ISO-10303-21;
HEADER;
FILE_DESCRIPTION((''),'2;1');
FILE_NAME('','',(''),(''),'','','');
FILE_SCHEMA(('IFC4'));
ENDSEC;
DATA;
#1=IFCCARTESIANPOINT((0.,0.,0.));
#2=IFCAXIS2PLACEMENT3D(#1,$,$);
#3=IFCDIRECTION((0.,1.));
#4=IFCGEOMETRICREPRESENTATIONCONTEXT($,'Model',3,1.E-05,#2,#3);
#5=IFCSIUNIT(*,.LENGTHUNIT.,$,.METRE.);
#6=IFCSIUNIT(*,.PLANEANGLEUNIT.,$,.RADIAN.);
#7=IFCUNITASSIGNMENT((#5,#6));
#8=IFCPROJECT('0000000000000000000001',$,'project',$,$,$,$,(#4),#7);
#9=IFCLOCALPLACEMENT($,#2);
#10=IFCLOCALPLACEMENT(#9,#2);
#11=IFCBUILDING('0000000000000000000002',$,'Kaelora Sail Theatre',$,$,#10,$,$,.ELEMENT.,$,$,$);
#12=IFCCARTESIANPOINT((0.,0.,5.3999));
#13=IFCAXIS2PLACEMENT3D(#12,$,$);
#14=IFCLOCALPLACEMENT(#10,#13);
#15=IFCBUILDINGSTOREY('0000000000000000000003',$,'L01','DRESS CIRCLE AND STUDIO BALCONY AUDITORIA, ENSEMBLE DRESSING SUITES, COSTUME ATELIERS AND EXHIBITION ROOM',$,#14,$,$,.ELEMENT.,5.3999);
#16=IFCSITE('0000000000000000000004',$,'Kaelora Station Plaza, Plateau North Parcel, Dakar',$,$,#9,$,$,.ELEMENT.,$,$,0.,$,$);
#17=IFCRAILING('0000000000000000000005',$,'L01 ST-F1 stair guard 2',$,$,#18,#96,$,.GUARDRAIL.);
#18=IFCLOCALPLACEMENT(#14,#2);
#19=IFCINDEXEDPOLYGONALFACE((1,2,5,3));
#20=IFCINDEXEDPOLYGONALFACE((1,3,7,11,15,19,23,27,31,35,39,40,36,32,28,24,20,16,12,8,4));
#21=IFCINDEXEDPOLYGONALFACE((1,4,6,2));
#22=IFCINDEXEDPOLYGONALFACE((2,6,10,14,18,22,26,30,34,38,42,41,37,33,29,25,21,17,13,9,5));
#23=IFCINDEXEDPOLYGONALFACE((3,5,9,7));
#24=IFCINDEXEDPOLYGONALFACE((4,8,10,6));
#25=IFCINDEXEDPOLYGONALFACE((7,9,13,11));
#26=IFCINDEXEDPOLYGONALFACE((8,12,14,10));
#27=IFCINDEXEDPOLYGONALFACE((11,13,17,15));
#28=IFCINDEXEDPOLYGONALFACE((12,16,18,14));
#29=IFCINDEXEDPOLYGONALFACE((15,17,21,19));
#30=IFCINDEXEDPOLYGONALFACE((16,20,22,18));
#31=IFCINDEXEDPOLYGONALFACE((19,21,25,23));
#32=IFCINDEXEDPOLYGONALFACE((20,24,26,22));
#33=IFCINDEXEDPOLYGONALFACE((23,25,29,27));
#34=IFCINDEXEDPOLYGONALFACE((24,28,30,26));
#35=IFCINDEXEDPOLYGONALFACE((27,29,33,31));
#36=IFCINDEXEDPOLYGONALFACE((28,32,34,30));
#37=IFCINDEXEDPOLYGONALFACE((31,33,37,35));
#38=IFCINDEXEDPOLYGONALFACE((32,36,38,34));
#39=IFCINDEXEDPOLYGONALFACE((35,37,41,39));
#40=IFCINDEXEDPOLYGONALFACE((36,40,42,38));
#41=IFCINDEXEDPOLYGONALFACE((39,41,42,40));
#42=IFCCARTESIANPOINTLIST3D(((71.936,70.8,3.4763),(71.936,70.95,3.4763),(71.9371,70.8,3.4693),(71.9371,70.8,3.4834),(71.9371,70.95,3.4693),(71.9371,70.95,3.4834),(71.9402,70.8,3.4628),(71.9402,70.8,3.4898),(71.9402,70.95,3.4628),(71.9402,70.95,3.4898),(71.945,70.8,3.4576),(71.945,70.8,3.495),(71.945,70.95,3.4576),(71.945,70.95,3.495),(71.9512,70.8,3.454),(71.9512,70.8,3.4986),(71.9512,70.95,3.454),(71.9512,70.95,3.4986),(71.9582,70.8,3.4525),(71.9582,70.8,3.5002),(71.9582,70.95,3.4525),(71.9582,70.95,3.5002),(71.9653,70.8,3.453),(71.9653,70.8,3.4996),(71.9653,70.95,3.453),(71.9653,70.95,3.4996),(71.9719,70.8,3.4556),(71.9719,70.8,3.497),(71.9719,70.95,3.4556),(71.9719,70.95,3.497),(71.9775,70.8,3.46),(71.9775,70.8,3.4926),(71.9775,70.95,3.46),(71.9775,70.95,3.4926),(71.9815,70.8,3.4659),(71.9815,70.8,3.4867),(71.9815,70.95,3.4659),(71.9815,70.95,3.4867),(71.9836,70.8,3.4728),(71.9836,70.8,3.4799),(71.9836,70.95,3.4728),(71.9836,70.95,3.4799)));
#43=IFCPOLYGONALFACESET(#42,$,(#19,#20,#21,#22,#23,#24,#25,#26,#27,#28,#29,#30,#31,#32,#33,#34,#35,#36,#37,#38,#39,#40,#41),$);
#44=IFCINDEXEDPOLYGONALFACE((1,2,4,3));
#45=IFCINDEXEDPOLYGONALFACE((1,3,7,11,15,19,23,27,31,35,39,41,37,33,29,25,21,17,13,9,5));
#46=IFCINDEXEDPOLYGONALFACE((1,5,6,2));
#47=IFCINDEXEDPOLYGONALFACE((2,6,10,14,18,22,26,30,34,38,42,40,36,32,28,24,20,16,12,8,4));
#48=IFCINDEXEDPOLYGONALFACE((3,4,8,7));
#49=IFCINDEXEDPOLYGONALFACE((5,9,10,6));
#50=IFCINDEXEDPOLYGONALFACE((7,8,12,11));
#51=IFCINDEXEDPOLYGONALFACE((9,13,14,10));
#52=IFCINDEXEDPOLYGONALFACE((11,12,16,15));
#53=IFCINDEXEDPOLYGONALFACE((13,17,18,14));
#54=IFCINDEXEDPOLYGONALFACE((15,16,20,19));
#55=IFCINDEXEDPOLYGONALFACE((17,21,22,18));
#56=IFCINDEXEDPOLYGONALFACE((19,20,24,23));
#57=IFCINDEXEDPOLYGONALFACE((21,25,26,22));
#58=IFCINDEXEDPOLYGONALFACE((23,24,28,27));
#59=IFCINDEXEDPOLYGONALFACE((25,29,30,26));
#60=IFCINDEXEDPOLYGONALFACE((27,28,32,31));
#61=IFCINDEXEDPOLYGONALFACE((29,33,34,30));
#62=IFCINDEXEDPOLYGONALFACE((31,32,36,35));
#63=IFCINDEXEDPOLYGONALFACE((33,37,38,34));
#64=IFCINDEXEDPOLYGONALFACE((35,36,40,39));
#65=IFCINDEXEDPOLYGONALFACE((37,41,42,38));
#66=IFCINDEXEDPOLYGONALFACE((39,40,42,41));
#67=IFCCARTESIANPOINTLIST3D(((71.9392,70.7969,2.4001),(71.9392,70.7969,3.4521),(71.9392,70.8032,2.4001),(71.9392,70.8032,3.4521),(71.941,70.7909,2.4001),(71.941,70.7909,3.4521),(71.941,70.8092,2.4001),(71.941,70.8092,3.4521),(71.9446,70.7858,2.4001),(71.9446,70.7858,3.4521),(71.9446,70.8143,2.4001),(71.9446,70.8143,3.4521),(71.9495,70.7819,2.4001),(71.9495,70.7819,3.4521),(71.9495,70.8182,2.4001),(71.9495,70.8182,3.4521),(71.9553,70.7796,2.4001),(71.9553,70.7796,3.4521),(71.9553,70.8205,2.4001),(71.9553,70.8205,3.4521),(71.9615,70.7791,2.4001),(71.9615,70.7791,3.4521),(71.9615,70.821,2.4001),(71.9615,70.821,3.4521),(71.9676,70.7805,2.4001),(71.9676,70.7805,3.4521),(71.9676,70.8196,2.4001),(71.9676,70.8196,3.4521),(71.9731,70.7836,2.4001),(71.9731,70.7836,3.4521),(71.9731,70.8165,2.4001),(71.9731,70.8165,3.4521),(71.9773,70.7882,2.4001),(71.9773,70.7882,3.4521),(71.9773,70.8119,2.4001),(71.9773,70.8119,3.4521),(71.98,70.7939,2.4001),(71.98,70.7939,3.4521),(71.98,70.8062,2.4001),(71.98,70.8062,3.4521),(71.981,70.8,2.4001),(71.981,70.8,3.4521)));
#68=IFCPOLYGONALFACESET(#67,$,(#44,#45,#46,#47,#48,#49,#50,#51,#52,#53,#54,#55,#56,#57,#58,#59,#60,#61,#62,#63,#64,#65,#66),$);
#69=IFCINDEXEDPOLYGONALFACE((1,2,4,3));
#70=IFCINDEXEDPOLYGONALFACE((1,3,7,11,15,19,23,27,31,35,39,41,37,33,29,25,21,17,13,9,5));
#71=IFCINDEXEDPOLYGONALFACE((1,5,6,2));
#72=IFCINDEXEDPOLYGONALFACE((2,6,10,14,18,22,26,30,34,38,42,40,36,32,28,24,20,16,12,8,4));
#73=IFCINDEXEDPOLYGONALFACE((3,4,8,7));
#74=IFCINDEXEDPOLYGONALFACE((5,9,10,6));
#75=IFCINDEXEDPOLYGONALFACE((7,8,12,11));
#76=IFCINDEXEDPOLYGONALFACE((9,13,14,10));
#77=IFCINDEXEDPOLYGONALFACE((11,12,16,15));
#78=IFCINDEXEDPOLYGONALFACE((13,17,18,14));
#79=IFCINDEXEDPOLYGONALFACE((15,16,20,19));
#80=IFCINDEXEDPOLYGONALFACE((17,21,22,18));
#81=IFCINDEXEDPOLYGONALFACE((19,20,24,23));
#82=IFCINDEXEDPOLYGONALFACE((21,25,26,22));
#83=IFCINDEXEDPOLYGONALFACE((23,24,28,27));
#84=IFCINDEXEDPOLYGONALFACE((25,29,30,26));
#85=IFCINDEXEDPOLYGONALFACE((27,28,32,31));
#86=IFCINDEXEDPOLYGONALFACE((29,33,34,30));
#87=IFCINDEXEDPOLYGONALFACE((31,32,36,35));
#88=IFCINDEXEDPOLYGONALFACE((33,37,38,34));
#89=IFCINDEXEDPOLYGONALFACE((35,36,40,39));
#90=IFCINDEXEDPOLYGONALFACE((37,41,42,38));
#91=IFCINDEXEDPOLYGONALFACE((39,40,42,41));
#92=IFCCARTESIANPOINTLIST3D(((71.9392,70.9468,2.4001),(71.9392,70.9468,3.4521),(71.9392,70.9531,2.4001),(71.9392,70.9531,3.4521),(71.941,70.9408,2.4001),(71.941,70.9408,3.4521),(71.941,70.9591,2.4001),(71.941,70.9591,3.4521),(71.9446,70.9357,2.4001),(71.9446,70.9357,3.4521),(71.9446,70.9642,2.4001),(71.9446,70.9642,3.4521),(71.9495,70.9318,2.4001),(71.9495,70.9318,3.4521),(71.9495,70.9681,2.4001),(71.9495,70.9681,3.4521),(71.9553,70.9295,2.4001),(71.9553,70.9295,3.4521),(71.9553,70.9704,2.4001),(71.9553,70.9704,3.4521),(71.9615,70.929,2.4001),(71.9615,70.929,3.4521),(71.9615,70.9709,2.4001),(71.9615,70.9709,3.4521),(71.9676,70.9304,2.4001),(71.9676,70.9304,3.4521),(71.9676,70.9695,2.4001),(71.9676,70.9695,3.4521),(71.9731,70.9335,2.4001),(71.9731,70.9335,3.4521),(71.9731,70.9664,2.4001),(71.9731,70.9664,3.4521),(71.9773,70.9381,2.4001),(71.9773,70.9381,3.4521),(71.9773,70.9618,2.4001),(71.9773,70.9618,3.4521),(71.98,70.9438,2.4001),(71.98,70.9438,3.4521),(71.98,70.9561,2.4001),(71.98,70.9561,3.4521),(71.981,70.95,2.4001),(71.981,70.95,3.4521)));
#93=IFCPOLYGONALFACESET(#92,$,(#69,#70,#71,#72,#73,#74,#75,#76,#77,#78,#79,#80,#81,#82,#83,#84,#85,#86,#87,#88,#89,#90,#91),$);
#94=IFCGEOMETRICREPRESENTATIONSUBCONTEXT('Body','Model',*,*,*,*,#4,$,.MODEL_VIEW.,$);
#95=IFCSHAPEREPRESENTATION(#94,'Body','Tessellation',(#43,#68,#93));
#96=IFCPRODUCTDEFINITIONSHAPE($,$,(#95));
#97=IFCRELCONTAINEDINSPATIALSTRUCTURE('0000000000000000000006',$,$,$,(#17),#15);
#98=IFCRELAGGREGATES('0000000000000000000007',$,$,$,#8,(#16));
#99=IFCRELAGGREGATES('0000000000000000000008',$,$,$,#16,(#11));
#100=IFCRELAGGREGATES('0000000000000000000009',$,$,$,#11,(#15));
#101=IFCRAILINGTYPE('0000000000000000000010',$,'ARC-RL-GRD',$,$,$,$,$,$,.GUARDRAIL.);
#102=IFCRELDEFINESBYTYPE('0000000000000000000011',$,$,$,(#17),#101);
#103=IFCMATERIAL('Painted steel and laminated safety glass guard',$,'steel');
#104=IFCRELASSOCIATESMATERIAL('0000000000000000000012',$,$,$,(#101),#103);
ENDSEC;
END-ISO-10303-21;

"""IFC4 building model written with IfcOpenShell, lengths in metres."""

from ifc_helpers import new_model, si_unit, direction, frame, origin, origin_2d, place, context, subcontext, project, spatial, circle, extrude, material, type_object, element, save


model = new_model("IFC4")

# Units and contexts
model_context = context("Model", 3, precision=1e-05, world=origin(), true_north=direction((0.0, 1.0)))
body_context = subcontext(model_context, "Body", "Model", "MODEL_VIEW")
ifc_project = project(units=[si_unit("LENGTHUNIT", "METRE"), si_unit("PLANEANGLEUNIT", "RADIAN")], contexts=[model_context])

# Site, building, storey
site_placement = place(None, origin())
site = spatial("IfcSite", under=ifc_project, at=site_placement, Name="Kaelora Station Plaza, Plateau North Parcel, Dakar", CompositionType="ELEMENT", RefElevation=0.0)
building_placement = place(site_placement, origin())
building = spatial("IfcBuilding", under=site, at=building_placement, Name="Kaelora Sail Theatre", CompositionType="ELEMENT")
storey_placement = place(building_placement, frame((0.0, 0.0, 5.3999)))
storey = spatial("IfcBuildingStorey", under=building, at=storey_placement, Name="L01", Description="DRESS CIRCLE AND STUDIO BALCONY AUDITORIA, ENSEMBLE DRESSING SUITES, COSTUME ATELIERS AND EXHIBITION ROOM", CompositionType="ELEMENT", Elevation=5.3999)

# Railing
ifc_material_1 = material(Name="Painted steel and laminated safety glass guard", Category="steel")
railing_type_1 = type_object("IfcRailingType", Name="ARC-RL-GRD", PredefinedType="GUARDRAIL", material=ifc_material_1)
railing_1_placement = place(storey_placement, frame((71.96, 70.8, 2.4001)))
element("IfcRailing", 1, at=railing_1_placement, inside=storey, type_object=railing_type_1, Name="L01 ST-F1 stair guard 2", PredefinedType="GUARDRAIL", context=body_context, shape_type="SweptSolid", body=[
    extrude(circle(Radius=0.0239, at=origin_2d()), frame((0.0, 0.0, 1.0762), z_axis=(0.0, 1.0, 0.0), x_axis=(-1.0, 0.0, 0.0)), (0.0, 0.0, 1.0), 0.1499),
    extrude(circle(Radius=0.021, at=origin_2d()), origin(), (0.0, 0.0, 1.0), 1.052),
    extrude(circle(Radius=0.021, at=origin_2d()), frame((0.0, 0.1499, 0.0)), (0.0, 0.0, 1.0), 1.052),
])

save(model, "model.ifc")
